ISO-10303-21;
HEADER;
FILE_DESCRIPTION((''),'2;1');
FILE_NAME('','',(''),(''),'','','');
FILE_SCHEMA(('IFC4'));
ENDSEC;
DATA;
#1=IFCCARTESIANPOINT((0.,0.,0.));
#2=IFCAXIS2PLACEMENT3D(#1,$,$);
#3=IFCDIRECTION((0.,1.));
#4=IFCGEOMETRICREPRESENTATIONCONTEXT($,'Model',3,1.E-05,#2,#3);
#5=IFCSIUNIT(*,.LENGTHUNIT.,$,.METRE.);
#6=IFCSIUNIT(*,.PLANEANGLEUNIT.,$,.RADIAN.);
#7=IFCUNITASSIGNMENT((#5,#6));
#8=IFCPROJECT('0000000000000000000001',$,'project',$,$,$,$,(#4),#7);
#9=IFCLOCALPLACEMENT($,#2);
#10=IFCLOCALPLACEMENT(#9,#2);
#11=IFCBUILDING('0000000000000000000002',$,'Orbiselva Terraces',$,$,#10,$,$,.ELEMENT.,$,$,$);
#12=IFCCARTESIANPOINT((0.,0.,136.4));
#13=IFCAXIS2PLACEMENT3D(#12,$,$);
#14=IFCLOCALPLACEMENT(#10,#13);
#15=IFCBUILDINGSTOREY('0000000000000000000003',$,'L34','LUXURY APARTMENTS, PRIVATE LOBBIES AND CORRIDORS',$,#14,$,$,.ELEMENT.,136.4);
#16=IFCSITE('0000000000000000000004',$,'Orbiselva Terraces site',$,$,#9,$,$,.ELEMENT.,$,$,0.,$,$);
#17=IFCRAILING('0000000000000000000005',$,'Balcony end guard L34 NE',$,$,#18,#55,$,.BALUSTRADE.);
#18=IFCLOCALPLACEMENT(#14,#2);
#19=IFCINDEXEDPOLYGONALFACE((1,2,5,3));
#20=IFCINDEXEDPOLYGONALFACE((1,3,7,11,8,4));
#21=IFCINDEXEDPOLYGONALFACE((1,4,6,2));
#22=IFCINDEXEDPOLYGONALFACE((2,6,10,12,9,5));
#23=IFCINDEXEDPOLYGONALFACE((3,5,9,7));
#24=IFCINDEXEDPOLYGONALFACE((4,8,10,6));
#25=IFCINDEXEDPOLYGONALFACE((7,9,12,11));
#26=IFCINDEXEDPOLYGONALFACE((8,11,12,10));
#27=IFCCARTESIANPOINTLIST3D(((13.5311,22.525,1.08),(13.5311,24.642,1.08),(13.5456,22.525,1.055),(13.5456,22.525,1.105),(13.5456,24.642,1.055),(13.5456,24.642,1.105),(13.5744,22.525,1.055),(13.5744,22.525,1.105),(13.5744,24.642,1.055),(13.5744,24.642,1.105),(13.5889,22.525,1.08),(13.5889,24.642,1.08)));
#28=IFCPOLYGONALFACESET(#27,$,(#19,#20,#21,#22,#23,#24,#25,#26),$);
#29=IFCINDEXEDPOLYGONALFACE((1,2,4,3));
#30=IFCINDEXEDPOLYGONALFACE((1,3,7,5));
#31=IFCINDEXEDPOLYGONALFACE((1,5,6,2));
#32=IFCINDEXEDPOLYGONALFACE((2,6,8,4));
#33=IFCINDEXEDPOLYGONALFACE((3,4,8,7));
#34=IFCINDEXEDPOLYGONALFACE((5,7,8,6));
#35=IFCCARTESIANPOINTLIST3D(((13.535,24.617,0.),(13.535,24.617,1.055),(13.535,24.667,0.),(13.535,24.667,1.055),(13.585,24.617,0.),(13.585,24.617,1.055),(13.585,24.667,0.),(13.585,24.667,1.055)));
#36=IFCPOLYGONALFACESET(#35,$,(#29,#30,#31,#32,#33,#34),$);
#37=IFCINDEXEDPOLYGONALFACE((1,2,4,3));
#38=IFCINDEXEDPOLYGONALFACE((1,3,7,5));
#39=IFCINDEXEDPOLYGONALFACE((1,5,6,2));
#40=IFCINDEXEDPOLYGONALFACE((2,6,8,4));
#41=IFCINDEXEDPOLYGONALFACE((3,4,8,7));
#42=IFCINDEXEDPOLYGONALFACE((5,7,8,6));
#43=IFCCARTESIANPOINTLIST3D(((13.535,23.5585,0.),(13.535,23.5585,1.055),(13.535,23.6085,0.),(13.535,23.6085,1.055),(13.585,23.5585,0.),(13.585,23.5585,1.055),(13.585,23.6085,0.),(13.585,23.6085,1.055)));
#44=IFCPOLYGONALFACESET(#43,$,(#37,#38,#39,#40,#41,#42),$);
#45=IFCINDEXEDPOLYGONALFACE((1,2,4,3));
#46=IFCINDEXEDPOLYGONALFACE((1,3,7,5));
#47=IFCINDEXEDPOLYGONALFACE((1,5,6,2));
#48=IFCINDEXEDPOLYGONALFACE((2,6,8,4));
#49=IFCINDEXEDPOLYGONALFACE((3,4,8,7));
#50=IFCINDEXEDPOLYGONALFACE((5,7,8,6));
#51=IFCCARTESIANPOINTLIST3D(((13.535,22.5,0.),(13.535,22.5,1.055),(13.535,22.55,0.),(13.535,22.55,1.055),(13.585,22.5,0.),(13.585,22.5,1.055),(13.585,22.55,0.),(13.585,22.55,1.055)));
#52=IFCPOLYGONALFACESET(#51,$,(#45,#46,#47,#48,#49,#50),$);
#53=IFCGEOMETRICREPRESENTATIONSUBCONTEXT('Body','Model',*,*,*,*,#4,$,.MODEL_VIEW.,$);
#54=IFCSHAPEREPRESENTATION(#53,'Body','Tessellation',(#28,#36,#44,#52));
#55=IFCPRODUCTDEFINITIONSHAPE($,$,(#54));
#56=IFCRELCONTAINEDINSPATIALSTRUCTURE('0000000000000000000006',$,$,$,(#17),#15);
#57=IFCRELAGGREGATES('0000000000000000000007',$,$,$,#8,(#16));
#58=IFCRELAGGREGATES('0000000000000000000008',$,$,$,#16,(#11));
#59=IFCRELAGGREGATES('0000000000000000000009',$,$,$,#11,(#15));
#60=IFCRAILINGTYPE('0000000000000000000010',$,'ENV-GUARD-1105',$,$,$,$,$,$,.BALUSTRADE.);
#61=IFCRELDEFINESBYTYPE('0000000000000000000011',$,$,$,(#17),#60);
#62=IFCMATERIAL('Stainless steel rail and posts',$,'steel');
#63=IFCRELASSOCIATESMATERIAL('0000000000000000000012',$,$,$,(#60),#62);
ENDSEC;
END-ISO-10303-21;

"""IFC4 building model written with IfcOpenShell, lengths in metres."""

from ifc_helpers import new_model, si_unit, direction, frame, origin, origin_2d, place, context, subcontext, project, spatial, polyline, rectangle, outline, extrude, material, type_object, element, save


model = new_model("IFC4")

# Units and contexts
model_context = context("Model", 3, precision=1e-05, world=origin(), true_north=direction((0.0, 1.0)))
body_context = subcontext(model_context, "Body", "Model", "MODEL_VIEW")
ifc_project = project(units=[si_unit("LENGTHUNIT", "METRE"), si_unit("PLANEANGLEUNIT", "RADIAN")], contexts=[model_context])

# Site, building, storey
site_placement = place(None, origin())
site = spatial("IfcSite", under=ifc_project, at=site_placement, Name="Orbiselva Terraces site", CompositionType="ELEMENT", RefElevation=0.0)
building_placement = place(site_placement, origin())
building = spatial("IfcBuilding", under=site, at=building_placement, Name="Orbiselva Terraces", CompositionType="ELEMENT")
storey_placement = place(building_placement, frame((0.0, 0.0, 136.4)))
storey = spatial("IfcBuildingStorey", under=building, at=storey_placement, Name="L34", Description="LUXURY APARTMENTS, PRIVATE LOBBIES AND CORRIDORS", CompositionType="ELEMENT", Elevation=136.4)

# Railing
ifc_material_1 = material(Name="Stainless steel rail and posts", Category="steel")
railing_type_1 = type_object("IfcRailingType", Name="ENV-GUARD-1105", PredefinedType="BALUSTRADE", material=ifc_material_1)
railing_1_placement = place(storey_placement, frame((13.56, 24.642, 0.0)))
element("IfcRailing", 1, at=railing_1_placement, inside=storey, type_object=railing_type_1, Name="Balcony end guard L34 NE", PredefinedType="BALUSTRADE", context=body_context, shape_type="SweptSolid", body=[
    extrude(outline(polyline([(0.0289, 0.0), (0.0144, 0.025), (-0.0144, 0.025), (-0.0289, 0.0), (-0.0144, -0.025), (0.0144, -0.025), (0.0289, 0.0)])), frame((0.0, 0.0, 1.08), z_axis=(0.0, -1.0, 0.0), x_axis=(1.0, 0.0, 0.0)), (0.0, 0.0, 1.0), 2.117),
    extrude(rectangle(XDim=0.05, YDim=0.05, at=origin_2d()), origin(), (0.0, 0.0, 1.0), 1.055),
    extrude(rectangle(XDim=0.05, YDim=0.05, at=origin_2d()), frame((0.0, -1.0585, 0.0)), (0.0, 0.0, 1.0), 1.055),
    extrude(rectangle(XDim=0.05, YDim=0.05, at=origin_2d()), frame((0.0, -2.117, 0.0)), (0.0, 0.0, 1.0), 1.055),
])

save(model, "model.ifc")
